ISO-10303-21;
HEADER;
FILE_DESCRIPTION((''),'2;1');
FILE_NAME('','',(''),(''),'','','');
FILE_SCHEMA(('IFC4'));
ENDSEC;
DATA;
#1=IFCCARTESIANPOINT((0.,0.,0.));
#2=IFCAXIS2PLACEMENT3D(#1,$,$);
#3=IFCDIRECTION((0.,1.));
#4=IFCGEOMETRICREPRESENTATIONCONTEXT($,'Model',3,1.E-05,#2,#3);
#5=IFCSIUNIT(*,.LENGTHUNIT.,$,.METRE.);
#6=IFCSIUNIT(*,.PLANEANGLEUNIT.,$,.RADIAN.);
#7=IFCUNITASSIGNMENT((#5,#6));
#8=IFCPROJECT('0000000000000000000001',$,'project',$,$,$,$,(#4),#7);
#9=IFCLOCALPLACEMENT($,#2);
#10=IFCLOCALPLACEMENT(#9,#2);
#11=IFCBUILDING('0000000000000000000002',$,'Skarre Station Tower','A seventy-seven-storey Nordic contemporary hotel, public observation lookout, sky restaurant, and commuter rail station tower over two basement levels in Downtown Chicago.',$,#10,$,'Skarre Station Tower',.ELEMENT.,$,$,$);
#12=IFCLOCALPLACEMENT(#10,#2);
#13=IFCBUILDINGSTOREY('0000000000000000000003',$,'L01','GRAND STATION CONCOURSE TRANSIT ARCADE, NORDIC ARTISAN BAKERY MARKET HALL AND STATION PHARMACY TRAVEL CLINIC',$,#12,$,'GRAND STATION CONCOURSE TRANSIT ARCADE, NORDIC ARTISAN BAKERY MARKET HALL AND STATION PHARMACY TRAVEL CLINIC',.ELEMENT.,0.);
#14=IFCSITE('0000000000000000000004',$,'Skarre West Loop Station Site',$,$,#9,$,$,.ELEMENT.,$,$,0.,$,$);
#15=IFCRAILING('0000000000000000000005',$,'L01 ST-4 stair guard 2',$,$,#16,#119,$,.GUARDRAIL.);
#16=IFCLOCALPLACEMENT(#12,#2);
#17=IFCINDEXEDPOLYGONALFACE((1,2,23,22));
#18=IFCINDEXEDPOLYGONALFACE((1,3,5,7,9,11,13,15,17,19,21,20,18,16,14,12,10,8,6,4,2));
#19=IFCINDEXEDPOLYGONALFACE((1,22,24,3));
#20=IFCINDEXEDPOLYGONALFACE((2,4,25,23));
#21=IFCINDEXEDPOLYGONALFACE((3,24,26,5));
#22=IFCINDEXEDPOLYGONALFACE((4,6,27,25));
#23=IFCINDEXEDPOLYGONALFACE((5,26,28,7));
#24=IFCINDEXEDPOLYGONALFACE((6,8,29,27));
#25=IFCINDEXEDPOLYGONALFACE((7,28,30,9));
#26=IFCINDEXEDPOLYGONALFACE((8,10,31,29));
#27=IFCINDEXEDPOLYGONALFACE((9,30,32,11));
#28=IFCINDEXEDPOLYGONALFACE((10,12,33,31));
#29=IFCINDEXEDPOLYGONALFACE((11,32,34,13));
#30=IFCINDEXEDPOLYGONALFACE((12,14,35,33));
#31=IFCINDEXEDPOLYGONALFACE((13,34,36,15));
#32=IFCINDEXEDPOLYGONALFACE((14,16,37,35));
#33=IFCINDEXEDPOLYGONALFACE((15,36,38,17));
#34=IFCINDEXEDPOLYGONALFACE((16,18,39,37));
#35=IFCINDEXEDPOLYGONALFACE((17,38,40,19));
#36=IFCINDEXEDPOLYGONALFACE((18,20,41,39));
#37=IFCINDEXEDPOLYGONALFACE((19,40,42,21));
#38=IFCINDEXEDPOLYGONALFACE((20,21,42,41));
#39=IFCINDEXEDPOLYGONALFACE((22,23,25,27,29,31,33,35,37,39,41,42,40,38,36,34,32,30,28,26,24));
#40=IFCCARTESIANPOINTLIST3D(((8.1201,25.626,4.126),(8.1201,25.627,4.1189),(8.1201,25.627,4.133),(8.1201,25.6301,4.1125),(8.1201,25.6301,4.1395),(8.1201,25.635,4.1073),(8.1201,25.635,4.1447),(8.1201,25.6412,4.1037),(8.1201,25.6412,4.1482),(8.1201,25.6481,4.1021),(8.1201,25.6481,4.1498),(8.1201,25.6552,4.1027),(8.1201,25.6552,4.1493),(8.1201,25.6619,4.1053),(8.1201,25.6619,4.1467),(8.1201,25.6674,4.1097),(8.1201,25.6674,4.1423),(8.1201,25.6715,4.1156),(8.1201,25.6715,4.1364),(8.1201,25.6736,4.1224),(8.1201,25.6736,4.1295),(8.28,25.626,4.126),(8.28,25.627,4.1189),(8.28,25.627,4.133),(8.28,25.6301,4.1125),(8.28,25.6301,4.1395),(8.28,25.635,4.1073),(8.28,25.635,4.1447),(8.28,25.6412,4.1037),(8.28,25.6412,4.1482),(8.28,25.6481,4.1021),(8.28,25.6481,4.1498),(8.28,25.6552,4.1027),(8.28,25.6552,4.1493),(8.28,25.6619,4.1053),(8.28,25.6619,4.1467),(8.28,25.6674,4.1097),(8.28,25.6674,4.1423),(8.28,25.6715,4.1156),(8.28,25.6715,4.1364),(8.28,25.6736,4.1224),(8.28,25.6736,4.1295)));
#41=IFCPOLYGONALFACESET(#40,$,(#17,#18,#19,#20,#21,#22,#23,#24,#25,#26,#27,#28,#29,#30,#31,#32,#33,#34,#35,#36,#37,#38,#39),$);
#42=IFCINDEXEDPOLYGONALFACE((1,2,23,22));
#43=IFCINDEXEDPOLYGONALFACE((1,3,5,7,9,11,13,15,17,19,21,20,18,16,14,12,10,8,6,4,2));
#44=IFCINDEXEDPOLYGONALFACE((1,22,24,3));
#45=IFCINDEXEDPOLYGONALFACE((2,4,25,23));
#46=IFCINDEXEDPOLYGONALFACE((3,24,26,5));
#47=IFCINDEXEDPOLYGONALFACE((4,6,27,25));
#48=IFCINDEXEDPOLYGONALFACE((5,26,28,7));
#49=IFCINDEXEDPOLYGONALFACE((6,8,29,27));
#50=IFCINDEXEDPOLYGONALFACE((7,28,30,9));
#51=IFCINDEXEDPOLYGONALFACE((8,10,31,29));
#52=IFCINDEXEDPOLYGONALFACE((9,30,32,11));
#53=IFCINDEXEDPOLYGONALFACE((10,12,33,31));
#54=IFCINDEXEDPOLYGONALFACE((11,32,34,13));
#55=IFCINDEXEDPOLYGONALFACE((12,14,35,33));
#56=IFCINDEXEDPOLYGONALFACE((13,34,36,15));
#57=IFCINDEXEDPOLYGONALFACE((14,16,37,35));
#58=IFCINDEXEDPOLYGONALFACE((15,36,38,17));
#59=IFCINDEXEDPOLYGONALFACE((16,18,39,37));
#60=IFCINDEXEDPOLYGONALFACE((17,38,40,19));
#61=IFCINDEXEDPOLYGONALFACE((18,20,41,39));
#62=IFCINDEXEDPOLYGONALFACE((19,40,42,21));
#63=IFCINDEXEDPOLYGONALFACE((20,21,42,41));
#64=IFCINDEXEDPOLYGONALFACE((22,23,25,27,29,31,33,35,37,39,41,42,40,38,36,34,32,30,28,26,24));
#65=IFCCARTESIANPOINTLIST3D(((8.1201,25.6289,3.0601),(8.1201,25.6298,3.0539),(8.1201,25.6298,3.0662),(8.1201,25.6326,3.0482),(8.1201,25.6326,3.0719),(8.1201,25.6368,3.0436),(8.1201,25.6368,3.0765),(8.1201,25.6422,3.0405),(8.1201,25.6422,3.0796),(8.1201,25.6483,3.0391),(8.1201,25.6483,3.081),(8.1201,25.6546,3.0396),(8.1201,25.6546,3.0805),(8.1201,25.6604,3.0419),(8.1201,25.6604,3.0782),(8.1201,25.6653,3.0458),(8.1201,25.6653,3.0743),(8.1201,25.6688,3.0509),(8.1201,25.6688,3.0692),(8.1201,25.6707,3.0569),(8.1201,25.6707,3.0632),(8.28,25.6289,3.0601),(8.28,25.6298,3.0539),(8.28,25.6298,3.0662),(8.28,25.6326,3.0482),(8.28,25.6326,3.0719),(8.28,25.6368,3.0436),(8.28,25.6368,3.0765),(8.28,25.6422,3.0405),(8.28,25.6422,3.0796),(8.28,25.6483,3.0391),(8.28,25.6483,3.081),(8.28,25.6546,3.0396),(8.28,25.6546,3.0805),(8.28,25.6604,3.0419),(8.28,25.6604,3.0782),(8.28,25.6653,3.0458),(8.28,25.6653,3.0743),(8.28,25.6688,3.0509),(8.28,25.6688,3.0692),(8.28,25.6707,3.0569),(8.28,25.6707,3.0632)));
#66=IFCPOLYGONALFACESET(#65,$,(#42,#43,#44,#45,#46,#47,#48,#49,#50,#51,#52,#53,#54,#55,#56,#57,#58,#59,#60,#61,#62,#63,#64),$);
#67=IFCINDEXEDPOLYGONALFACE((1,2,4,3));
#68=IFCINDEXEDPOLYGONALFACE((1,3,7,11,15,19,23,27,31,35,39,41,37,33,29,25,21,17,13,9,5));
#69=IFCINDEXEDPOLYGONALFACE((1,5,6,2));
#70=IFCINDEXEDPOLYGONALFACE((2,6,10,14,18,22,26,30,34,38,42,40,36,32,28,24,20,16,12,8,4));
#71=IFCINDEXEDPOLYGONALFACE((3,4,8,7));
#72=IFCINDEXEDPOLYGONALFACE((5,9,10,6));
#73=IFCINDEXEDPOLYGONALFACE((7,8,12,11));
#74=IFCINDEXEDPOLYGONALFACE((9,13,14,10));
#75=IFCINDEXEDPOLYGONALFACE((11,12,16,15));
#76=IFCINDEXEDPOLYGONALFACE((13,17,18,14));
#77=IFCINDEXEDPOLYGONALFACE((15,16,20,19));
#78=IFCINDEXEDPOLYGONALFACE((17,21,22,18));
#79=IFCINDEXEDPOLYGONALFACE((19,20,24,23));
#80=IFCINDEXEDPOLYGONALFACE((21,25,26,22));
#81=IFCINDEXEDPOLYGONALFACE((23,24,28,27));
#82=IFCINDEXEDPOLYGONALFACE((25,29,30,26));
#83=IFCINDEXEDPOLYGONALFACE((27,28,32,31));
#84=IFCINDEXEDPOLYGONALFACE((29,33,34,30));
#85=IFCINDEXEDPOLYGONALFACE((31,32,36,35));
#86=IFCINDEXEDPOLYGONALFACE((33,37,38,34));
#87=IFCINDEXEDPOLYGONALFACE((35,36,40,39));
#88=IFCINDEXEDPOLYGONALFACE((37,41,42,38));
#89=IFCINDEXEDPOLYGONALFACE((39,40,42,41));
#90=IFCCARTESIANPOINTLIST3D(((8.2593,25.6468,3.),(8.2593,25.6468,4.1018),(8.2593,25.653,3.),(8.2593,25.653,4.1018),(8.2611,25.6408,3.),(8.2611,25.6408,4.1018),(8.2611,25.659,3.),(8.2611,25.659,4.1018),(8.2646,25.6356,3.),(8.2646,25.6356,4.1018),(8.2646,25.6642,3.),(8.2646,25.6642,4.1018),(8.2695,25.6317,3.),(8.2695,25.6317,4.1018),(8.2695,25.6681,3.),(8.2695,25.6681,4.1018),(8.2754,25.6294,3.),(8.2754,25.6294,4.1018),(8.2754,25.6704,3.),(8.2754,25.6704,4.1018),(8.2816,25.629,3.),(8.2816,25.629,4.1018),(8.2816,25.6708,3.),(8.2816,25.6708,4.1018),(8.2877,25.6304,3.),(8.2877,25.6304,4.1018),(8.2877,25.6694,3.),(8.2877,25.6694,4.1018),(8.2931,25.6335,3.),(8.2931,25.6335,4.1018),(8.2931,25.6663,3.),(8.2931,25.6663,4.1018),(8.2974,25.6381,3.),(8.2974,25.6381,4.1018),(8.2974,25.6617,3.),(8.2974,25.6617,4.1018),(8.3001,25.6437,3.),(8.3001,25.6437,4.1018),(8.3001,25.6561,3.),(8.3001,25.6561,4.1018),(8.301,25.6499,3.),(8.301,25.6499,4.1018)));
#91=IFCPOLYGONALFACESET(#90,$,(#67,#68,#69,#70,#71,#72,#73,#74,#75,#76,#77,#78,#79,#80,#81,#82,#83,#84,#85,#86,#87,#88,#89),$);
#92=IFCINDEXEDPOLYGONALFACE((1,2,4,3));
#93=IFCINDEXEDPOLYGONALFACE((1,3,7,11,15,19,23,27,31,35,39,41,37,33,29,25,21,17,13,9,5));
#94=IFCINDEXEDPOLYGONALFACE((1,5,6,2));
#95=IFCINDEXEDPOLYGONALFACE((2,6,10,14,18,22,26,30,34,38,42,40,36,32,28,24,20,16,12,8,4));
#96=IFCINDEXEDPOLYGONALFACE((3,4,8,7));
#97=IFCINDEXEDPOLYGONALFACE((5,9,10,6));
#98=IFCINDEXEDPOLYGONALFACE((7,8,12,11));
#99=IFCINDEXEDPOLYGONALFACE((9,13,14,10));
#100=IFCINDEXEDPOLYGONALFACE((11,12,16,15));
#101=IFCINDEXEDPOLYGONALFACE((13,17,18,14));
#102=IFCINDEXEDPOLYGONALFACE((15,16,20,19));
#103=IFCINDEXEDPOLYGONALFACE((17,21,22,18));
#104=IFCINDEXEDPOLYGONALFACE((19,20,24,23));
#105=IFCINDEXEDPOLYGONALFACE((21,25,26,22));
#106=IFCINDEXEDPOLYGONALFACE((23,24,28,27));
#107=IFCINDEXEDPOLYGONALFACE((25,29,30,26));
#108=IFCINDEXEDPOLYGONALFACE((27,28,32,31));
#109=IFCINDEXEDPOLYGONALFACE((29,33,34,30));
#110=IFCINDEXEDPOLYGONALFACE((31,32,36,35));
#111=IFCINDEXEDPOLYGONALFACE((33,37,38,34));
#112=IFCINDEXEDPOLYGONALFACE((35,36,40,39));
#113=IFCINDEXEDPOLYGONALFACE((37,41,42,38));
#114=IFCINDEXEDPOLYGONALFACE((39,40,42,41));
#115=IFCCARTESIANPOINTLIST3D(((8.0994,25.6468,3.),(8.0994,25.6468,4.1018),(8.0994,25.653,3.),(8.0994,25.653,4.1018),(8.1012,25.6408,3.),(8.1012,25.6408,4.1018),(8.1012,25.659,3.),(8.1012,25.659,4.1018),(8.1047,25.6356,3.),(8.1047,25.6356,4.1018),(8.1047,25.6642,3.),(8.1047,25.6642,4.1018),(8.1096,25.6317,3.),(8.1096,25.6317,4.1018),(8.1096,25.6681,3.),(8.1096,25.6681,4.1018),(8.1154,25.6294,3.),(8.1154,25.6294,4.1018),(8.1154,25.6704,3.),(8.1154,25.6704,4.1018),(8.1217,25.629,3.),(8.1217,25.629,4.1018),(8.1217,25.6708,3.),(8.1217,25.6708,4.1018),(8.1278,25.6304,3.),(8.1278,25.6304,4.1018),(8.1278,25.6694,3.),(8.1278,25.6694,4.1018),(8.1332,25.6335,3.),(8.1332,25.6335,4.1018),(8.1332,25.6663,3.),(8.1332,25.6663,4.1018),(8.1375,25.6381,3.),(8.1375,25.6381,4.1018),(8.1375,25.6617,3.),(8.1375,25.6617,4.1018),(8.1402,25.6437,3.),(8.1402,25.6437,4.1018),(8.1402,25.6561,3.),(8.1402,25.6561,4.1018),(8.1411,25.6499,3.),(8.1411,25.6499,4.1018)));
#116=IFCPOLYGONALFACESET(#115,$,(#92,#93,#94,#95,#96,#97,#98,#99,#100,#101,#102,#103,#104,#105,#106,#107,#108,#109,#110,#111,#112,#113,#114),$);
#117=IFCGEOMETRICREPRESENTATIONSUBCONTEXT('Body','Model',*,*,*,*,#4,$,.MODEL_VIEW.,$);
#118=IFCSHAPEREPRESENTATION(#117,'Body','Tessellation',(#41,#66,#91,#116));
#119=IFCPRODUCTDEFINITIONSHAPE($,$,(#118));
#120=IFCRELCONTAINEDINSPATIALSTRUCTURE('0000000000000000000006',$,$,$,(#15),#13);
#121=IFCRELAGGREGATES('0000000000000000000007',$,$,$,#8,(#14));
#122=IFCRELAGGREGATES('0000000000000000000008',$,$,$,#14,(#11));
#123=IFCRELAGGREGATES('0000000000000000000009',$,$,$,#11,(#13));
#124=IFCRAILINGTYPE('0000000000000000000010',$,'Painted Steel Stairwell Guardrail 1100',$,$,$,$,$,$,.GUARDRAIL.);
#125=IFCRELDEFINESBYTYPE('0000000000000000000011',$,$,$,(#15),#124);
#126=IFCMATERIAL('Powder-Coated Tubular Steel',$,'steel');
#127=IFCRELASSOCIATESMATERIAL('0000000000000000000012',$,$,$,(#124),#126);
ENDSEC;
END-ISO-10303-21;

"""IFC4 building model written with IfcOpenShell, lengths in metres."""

from ifc_helpers import new_model, si_unit, direction, frame, origin, origin_2d, place, context, subcontext, project, spatial, circle, extrude, material, type_object, element, save


model = new_model("IFC4")

# Units and contexts
model_context = context("Model", 3, precision=1e-05, world=origin(), true_north=direction((0.0, 1.0)))
body_context = subcontext(model_context, "Body", "Model", "MODEL_VIEW")
ifc_project = project(units=[si_unit("LENGTHUNIT", "METRE"), si_unit("PLANEANGLEUNIT", "RADIAN")], contexts=[model_context])

# Site, building, storey
site_placement = place(None, origin())
site = spatial("IfcSite", under=ifc_project, at=site_placement, Name="Skarre West Loop Station Site", CompositionType="ELEMENT", RefElevation=0.0)
building_placement = place(site_placement, origin())
building = spatial("IfcBuilding", under=site, at=building_placement, Name="Skarre Station Tower", Description="A seventy-seven-storey Nordic contemporary hotel, public observation lookout, sky restaurant, and commuter rail station tower over two basement levels in Downtown Chicago.", LongName="Skarre Station Tower", CompositionType="ELEMENT")
storey_placement = place(building_placement, origin())
storey = spatial("IfcBuildingStorey", under=building, at=storey_placement, Name="L01", Description="GRAND STATION CONCOURSE TRANSIT ARCADE, NORDIC ARTISAN BAKERY MARKET HALL AND STATION PHARMACY TRAVEL CLINIC", LongName="GRAND STATION CONCOURSE TRANSIT ARCADE, NORDIC ARTISAN BAKERY MARKET HALL AND STATION PHARMACY TRAVEL CLINIC", CompositionType="ELEMENT", Elevation=0.0)

# Railing
ifc_material_1 = material(Name="Powder-Coated Tubular Steel", Category="steel")
railing_type_1 = type_object("IfcRailingType", Name="Painted Steel Stairwell Guardrail 1100", PredefinedType="GUARDRAIL", material=ifc_material_1)
railing_1_placement = place(storey_placement, frame((8.28, 25.6499, 3.0)))
element("IfcRailing", 1, at=railing_1_placement, inside=storey, type_object=railing_type_1, Name="L01 ST-4 stair guard 2", PredefinedType="GUARDRAIL", context=body_context, shape_type="SweptSolid", body=[
    extrude(circle(Radius=0.0239, at=origin_2d()), frame((0.0, 0.0, 1.126), z_axis=(-1.0, 0.0, 0.0), x_axis=(0.0, -1.0, 0.0)), (0.0, 0.0, 1.0), 0.1599),
    extrude(circle(Radius=0.021, at=origin_2d()), frame((0.0, 0.0, 0.0601), z_axis=(-1.0, 0.0, 0.0), x_axis=(0.0, -1.0, 0.0)), (0.0, 0.0, 1.0), 0.1599),
    extrude(circle(Radius=0.021, at=origin_2d()), origin(), (0.0, 0.0, 1.0), 1.1018),
    extrude(circle(Radius=0.021, at=origin_2d()), frame((-0.1599, 0.0, 0.0)), (0.0, 0.0, 1.0), 1.1018),
])

save(model, "model.ifc")
